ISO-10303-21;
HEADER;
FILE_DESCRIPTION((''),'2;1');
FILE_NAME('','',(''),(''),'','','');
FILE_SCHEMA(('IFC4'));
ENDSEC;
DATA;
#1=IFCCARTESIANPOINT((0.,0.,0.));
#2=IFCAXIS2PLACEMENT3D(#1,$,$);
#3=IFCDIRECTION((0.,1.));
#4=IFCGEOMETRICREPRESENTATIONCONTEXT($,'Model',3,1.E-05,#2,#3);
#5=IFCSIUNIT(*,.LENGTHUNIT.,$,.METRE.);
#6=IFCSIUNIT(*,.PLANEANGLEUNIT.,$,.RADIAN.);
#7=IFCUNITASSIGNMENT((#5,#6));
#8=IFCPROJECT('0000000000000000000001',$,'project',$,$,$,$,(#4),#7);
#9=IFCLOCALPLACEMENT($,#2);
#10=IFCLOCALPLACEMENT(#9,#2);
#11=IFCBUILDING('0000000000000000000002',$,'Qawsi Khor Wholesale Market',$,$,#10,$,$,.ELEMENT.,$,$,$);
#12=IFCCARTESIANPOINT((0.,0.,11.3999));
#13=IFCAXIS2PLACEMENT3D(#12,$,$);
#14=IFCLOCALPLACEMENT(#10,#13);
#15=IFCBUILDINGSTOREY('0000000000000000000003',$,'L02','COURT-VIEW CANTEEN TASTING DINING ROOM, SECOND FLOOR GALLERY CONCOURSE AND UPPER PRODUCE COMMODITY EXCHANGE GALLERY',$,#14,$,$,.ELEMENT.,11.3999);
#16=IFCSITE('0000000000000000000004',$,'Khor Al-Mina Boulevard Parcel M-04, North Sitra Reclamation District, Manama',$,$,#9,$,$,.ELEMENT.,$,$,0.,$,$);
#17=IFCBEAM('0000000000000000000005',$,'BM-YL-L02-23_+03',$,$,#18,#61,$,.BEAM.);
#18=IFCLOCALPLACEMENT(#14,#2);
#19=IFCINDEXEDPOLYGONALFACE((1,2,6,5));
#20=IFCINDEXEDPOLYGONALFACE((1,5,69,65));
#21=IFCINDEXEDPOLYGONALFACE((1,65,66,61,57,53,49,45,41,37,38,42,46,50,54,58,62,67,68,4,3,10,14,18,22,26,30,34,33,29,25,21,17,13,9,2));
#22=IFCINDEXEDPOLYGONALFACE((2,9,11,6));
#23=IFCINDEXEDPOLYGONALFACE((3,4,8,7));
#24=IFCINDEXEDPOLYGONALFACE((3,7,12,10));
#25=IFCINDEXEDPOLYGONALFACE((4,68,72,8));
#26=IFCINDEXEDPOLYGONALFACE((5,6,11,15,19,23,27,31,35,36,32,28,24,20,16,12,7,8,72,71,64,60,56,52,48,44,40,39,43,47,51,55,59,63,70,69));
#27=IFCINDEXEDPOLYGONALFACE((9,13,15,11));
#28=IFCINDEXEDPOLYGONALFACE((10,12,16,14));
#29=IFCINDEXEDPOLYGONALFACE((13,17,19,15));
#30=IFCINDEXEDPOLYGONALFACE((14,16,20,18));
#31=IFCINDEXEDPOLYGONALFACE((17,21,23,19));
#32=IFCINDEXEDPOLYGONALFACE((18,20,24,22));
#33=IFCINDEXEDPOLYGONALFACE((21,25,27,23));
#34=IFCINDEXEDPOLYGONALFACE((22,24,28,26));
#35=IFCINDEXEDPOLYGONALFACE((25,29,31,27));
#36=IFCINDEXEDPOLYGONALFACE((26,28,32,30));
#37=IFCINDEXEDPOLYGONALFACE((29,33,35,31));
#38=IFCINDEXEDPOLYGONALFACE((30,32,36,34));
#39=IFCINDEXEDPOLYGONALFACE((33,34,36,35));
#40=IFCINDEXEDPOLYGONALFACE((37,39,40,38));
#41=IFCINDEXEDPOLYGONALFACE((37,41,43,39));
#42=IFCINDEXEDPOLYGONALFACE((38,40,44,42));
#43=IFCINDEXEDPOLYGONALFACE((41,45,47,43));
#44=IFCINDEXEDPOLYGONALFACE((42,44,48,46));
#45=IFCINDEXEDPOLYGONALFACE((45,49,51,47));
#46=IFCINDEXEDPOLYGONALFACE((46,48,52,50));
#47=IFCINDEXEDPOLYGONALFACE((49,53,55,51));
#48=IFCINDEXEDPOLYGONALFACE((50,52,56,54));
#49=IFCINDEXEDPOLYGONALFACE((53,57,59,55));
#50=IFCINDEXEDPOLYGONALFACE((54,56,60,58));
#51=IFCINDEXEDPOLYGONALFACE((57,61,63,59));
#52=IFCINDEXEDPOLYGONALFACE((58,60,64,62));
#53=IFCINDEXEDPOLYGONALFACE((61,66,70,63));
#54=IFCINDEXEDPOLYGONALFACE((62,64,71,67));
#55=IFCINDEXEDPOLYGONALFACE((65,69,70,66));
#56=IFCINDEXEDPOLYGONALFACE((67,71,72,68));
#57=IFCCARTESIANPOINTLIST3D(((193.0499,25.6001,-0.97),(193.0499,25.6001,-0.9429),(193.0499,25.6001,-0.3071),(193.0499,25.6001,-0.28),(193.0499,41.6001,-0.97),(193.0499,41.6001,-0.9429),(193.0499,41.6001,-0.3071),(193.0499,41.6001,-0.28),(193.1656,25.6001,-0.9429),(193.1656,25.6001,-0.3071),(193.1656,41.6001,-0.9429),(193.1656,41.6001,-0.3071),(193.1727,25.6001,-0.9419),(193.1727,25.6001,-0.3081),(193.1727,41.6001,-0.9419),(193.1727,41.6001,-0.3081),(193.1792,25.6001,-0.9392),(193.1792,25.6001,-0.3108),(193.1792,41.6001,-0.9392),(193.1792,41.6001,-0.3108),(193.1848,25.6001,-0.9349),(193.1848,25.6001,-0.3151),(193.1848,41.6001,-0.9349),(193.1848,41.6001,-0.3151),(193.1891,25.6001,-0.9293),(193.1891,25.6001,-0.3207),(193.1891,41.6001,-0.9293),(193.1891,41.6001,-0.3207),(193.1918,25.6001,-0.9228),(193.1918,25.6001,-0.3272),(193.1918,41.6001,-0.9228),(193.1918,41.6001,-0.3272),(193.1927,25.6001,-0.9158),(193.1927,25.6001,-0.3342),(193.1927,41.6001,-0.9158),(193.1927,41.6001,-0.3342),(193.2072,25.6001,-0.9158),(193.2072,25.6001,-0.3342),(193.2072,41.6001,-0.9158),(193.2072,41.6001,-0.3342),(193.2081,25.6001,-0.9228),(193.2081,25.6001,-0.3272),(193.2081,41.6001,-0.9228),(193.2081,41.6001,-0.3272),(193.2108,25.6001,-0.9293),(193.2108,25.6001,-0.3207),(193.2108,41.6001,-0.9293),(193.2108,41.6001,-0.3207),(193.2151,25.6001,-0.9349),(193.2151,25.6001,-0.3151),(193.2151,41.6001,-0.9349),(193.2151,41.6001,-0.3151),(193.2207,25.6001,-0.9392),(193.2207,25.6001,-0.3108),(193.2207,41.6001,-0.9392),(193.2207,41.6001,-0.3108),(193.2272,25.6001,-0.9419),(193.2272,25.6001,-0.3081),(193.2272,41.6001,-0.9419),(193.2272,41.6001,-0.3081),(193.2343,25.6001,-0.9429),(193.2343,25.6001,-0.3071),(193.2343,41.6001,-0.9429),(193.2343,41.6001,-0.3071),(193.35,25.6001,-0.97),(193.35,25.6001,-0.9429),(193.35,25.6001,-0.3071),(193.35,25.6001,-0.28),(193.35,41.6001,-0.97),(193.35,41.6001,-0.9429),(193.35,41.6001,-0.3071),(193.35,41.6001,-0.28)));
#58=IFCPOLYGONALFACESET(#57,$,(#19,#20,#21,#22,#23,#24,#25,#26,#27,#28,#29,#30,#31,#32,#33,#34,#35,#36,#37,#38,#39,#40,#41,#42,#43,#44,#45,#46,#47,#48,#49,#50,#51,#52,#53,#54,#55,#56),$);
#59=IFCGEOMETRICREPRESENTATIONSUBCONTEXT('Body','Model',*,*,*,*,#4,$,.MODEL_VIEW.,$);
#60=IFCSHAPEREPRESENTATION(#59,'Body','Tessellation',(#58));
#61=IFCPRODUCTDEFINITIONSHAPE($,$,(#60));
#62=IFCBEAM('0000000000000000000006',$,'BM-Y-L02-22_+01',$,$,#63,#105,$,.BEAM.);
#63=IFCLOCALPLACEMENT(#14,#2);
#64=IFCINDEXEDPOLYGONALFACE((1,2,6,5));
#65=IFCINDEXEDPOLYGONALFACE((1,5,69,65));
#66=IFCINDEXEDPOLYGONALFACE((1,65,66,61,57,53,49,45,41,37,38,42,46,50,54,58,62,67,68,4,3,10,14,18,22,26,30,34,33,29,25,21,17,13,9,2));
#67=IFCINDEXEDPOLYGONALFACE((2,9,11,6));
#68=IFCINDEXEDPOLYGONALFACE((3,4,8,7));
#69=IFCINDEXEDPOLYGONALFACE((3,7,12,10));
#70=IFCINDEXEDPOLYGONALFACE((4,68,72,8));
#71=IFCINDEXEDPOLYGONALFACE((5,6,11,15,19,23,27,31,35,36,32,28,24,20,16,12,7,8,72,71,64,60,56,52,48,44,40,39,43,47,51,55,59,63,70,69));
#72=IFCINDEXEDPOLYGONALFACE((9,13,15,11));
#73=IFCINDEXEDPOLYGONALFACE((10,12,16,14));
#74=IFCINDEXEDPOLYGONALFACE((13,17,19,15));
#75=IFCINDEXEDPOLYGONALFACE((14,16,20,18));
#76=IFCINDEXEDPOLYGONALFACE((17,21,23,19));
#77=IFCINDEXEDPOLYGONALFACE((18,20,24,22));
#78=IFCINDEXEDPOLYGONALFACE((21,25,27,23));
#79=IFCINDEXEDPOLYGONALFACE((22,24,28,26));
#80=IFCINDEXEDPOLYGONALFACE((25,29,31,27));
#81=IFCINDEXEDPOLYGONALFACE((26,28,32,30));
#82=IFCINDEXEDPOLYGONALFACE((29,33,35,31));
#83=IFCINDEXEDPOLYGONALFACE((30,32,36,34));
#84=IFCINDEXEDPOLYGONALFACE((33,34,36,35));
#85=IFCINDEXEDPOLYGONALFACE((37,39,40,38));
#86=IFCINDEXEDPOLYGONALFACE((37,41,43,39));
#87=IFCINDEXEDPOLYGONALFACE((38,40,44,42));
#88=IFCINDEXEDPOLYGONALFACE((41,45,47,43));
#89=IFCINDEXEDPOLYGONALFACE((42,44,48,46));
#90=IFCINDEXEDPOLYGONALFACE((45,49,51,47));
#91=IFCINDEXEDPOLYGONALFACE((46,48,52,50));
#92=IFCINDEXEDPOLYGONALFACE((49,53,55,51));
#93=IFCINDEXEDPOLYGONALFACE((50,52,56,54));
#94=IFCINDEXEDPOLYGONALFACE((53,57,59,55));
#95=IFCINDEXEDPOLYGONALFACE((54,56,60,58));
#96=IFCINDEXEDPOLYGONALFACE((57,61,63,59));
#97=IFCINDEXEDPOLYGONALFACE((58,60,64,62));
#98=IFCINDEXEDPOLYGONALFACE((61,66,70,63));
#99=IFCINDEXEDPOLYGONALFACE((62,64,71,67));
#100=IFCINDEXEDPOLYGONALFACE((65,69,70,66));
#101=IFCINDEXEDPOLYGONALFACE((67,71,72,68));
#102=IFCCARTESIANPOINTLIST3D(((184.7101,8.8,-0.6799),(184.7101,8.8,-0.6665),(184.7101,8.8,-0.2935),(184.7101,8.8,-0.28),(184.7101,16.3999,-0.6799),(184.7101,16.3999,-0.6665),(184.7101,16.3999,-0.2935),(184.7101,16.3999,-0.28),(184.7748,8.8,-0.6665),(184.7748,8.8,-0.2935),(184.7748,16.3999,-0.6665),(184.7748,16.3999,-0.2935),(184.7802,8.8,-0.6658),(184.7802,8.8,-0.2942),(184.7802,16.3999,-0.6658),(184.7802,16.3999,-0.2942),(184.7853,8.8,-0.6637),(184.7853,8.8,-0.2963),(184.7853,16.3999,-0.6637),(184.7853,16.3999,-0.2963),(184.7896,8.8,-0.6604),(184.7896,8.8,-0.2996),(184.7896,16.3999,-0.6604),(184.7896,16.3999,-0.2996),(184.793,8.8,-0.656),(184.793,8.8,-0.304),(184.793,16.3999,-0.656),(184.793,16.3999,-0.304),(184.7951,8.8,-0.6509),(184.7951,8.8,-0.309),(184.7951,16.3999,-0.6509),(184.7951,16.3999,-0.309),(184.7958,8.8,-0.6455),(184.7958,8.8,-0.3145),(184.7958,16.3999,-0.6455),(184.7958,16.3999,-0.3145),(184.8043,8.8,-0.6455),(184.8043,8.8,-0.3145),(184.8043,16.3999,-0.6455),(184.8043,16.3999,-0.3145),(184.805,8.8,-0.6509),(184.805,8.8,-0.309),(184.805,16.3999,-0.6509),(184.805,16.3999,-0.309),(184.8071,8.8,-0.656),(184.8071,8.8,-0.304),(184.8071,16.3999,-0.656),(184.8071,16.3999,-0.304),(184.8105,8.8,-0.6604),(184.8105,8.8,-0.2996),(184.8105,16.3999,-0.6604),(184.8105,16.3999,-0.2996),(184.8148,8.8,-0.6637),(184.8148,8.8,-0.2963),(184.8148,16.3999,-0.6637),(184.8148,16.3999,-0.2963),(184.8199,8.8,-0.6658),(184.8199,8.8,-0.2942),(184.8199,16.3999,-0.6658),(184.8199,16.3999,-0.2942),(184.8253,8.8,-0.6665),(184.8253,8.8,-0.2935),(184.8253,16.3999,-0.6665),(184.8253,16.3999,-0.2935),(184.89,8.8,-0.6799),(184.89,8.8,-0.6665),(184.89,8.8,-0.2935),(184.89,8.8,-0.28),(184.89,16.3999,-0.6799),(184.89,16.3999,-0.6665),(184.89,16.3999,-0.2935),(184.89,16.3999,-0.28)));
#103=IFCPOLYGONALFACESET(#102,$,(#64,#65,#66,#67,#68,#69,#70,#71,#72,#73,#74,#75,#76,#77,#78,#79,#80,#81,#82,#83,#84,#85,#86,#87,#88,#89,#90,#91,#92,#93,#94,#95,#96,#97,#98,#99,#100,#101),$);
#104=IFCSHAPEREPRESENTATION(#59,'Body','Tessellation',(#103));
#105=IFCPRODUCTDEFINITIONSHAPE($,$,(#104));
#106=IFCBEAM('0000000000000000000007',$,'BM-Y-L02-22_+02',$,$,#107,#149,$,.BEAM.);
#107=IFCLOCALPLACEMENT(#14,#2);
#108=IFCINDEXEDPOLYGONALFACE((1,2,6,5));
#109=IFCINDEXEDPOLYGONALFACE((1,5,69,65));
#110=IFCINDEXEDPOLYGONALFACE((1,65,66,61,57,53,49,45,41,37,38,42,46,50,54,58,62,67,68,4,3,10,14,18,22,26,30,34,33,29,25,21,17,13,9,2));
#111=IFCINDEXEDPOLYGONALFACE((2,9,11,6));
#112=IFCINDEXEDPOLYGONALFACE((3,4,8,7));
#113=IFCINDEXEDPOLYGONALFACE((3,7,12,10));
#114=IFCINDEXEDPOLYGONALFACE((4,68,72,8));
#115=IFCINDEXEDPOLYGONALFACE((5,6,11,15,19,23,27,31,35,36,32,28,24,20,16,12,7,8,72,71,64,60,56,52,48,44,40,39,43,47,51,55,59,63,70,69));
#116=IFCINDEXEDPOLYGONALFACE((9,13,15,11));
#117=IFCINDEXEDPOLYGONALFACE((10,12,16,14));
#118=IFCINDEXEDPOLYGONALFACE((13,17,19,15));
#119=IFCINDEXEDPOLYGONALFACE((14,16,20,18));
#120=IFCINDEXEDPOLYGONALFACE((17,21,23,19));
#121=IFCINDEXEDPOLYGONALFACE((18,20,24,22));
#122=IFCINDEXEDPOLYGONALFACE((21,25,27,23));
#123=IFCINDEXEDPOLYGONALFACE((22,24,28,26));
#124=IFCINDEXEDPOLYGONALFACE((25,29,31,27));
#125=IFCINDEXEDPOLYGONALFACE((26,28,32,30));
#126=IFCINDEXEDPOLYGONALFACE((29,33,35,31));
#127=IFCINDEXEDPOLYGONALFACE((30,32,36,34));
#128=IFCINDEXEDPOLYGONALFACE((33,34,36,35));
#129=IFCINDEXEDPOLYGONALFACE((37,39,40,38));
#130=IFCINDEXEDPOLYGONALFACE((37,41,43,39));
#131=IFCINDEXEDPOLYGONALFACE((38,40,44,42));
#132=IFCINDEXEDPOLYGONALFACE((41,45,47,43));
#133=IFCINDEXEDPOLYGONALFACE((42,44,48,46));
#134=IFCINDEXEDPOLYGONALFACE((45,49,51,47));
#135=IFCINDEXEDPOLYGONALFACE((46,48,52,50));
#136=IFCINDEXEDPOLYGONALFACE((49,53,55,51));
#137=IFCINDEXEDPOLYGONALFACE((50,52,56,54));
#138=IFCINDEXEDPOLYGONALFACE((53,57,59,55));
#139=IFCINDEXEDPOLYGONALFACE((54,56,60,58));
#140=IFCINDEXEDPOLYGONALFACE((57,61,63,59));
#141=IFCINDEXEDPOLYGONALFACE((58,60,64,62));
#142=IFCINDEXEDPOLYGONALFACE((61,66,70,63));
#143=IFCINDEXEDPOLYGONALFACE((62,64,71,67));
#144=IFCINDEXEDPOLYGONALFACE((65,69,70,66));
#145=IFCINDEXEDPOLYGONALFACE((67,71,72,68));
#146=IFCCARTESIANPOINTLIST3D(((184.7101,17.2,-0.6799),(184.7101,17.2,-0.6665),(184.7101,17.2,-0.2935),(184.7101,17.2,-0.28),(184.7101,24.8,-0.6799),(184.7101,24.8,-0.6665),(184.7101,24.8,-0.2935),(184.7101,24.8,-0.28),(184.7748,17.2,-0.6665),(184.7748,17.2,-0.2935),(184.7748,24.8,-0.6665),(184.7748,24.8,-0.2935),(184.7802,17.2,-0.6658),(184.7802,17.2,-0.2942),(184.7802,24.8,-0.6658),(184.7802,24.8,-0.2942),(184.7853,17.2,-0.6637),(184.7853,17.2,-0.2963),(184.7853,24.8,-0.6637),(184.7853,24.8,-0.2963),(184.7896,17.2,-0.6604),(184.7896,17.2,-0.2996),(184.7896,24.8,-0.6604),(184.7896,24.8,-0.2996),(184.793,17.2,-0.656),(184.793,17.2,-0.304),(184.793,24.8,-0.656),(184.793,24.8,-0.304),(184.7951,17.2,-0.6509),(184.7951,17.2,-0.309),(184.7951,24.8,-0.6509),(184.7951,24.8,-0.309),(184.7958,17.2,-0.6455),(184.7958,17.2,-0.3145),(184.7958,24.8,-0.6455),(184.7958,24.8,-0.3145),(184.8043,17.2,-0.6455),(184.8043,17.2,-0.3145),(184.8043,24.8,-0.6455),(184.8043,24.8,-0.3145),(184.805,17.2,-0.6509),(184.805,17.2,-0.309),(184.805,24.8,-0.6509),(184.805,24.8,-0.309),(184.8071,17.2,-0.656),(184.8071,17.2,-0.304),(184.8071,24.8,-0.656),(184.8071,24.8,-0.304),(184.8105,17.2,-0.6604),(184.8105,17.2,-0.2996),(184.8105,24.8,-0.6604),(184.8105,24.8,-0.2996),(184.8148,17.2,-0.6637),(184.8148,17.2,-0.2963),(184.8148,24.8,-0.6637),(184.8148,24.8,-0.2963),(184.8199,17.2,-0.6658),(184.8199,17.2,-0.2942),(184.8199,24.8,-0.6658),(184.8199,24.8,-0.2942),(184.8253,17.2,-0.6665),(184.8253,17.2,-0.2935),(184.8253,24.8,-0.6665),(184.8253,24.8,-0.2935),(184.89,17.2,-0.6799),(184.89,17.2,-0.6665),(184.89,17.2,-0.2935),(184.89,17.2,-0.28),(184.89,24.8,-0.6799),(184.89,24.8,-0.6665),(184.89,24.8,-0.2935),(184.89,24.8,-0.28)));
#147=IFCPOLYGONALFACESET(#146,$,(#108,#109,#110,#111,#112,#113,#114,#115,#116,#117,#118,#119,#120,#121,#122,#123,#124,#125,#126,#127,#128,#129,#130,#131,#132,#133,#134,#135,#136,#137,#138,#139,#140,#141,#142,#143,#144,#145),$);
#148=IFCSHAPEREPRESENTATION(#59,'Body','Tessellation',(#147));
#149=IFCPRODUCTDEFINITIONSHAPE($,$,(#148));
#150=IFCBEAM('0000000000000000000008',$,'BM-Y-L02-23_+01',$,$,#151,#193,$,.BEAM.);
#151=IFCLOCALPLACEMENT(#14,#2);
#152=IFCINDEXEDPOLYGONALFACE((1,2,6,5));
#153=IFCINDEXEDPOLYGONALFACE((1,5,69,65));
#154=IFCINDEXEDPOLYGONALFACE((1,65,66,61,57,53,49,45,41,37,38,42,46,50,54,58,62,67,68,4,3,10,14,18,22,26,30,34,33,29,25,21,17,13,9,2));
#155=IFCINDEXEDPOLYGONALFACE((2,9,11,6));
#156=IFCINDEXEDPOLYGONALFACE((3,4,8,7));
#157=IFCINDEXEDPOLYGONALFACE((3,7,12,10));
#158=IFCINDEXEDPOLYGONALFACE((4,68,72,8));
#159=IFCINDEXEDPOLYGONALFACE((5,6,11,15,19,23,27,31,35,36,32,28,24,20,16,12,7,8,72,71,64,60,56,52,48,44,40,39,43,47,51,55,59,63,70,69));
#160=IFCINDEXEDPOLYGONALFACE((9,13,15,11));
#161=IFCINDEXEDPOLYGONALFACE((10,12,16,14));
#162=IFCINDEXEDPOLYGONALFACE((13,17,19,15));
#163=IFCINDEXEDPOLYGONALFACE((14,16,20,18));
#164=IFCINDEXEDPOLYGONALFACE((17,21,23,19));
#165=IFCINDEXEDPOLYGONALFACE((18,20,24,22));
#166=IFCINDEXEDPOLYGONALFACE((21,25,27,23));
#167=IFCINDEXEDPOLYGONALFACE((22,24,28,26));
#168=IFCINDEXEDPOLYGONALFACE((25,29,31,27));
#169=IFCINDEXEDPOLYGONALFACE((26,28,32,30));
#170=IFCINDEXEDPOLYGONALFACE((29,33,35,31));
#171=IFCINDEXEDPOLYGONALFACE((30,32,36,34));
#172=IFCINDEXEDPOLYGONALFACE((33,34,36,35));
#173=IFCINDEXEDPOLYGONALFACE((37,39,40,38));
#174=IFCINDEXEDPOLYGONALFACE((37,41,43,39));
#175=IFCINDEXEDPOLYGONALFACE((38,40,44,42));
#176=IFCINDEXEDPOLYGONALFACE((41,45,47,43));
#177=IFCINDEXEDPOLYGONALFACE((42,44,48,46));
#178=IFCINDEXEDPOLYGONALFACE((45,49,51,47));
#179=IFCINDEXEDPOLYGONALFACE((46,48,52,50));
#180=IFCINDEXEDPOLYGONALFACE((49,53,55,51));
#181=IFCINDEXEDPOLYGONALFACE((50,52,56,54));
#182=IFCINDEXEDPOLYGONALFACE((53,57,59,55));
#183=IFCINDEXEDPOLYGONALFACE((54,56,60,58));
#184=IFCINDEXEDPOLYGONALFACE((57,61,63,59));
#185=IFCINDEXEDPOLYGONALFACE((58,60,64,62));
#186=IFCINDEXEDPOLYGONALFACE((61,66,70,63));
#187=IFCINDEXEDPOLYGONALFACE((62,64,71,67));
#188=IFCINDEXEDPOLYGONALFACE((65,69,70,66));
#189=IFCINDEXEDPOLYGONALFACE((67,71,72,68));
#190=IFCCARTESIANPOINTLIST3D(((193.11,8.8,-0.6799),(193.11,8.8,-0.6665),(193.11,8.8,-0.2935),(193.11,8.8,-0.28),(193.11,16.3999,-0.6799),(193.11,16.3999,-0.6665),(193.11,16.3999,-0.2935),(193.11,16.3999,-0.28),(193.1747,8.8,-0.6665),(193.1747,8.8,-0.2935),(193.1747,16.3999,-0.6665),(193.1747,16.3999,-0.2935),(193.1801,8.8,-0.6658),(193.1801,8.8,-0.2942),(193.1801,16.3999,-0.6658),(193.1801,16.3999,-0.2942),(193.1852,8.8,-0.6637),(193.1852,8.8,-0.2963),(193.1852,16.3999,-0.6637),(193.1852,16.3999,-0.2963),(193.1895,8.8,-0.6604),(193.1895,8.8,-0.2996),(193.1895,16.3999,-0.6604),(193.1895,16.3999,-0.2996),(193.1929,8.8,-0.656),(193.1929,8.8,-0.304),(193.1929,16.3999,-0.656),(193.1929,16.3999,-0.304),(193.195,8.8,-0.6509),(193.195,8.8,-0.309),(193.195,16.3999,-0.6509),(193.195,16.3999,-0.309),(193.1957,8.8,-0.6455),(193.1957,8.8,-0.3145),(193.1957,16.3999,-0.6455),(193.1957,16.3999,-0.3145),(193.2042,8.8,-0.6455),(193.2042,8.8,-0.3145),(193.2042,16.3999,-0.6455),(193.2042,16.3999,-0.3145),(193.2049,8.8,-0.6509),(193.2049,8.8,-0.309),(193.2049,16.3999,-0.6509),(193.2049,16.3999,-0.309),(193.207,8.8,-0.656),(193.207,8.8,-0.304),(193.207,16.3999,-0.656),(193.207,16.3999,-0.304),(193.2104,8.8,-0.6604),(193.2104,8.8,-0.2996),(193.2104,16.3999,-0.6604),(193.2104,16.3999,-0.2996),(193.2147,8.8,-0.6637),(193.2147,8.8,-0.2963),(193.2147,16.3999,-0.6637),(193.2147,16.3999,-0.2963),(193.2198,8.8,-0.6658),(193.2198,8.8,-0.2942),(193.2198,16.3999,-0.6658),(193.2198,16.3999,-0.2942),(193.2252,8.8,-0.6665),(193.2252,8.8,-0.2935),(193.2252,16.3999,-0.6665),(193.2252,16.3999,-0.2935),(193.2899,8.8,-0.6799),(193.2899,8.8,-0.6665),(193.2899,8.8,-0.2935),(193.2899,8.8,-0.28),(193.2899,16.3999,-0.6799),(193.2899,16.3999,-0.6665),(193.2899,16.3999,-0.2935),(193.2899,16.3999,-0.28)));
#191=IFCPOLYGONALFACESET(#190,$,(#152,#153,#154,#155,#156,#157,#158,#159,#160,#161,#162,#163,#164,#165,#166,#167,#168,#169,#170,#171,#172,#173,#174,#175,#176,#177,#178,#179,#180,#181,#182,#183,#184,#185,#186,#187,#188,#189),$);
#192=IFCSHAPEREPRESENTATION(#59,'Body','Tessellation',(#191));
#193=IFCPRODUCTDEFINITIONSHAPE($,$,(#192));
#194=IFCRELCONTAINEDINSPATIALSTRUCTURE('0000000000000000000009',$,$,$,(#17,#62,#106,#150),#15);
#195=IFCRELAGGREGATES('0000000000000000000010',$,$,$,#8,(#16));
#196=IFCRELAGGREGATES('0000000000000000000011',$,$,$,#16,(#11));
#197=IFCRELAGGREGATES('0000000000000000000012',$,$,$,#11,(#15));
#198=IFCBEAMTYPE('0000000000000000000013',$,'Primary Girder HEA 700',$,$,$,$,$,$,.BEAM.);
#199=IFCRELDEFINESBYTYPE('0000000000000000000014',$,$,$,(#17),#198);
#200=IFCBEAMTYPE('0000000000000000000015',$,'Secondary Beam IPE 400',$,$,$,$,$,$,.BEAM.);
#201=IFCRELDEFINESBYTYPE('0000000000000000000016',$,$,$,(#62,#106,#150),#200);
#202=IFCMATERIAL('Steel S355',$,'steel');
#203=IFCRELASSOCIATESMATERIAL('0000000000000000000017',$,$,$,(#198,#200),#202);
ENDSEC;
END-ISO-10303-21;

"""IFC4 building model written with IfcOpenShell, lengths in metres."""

from ifc_helpers import new_model, si_unit, direction, frame, origin, origin_2d, place, context, subcontext, project, spatial, i_section, extrude, material, material_profile, profile_set, type_object, element, save


model = new_model("IFC4")

# Units and contexts
model_context = context("Model", 3, precision=1e-05, world=origin(), true_north=direction((0.0, 1.0)))
body_context = subcontext(model_context, "Body", "Model", "MODEL_VIEW")
ifc_project = project(units=[si_unit("LENGTHUNIT", "METRE"), si_unit("PLANEANGLEUNIT", "RADIAN")], contexts=[model_context])

# Site, building, storey
site_placement = place(None, origin())
site = spatial("IfcSite", under=ifc_project, at=site_placement, Name="Khor Al-Mina Boulevard Parcel M-04, North Sitra Reclamation District, Manama", CompositionType="ELEMENT", RefElevation=0.0)
building_placement = place(site_placement, origin())
building = spatial("IfcBuilding", under=site, at=building_placement, Name="Qawsi Khor Wholesale Market", CompositionType="ELEMENT")
storey_placement = place(building_placement, frame((0.0, 0.0, 11.3999)))
storey = spatial("IfcBuildingStorey", under=building, at=storey_placement, Name="L02", Description="COURT-VIEW CANTEEN TASTING DINING ROOM, SECOND FLOOR GALLERY CONCOURSE AND UPPER PRODUCE COMMODITY EXCHANGE GALLERY", CompositionType="ELEMENT", Elevation=11.3999)

# Beams
ifc_material_1 = material(Name="Steel S355", Category="steel")
ifc_material_profile_1 = material_profile(ifc_material_1, i_section(OverallWidth=0.3, OverallDepth=0.6899, WebThickness=0.0144, FlangeThickness=0.0271, FilletRadius=0.0271, at=origin_2d()), Name="HEA 700")
ifc_profile_set_1 = profile_set([ifc_material_profile_1], Name="Steel S355")
beam_type_1 = type_object("IfcBeamType", Name="Primary Girder HEA 700", PredefinedType="BEAM", material=ifc_profile_set_1)
for number, where, z_axis, x_axis, name in (
    (1, (193.2, 25.6001, -0.625), (0.0, 1.0, 0.0), (-1.0, 0.0, 0.0), "BM-YL-L02-23_+03"),
):
    element("IfcBeam", number, at=place(storey_placement, frame(where, z_axis=z_axis, x_axis=x_axis)), inside=storey, type_object=beam_type_1, Name=name, PredefinedType="BEAM", context=body_context, shape_type="SweptSolid", body=[
        extrude(i_section(OverallWidth=0.3, OverallDepth=0.6899, WebThickness=0.0144, FlangeThickness=0.0271, FilletRadius=0.0271, at=origin_2d()), origin(), (0.0, 0.0, 1.0), 16.0),
    ])
ifc_material_profile_2 = material_profile(ifc_material_1, i_section(OverallWidth=0.1799, OverallDepth=0.3999, WebThickness=0.0085, FlangeThickness=0.0134, FilletRadius=0.021, at=origin_2d()), Name="IPE 400")
ifc_profile_set_2 = profile_set([ifc_material_profile_2], Name="Steel S355")
beam_type_2 = type_object("IfcBeamType", Name="Secondary Beam IPE 400", PredefinedType="BEAM", material=ifc_profile_set_2)
beam_1_placement = place(storey_placement, frame((184.8, 8.8, -0.48), z_axis=(0.0, 1.0, 0.0), x_axis=(-1.0, 0.0, 0.0)))
element("IfcBeam", 2, at=beam_1_placement, inside=storey, type_object=beam_type_2, Name="BM-Y-L02-22_+01", PredefinedType="BEAM", context=body_context, shape_type="SweptSolid", body=[
    extrude(i_section(OverallWidth=0.1799, OverallDepth=0.3999, WebThickness=0.0085, FlangeThickness=0.0134, FilletRadius=0.021, at=origin_2d()), origin(), (0.0, 0.0, 1.0), 7.5999),
])
beam_2_placement = place(storey_placement, frame((184.8, 17.2, -0.48), z_axis=(0.0, 1.0, 0.0), x_axis=(-1.0, 0.0, 0.0)))
element("IfcBeam", 3, at=beam_2_placement, inside=storey, type_object=beam_type_2, Name="BM-Y-L02-22_+02", PredefinedType="BEAM", context=body_context, shape_type="SweptSolid", body=[
    extrude(i_section(OverallWidth=0.1799, OverallDepth=0.3999, WebThickness=0.0085, FlangeThickness=0.0134, FilletRadius=0.021, at=origin_2d()), origin(), (0.0, 0.0, 1.0), 7.6001),
])
beam_3_placement = place(storey_placement, frame((193.2, 8.8, -0.48), z_axis=(0.0, 1.0, 0.0), x_axis=(-1.0, 0.0, 0.0)))
element("IfcBeam", 4, at=beam_3_placement, inside=storey, type_object=beam_type_2, Name="BM-Y-L02-23_+01", PredefinedType="BEAM", context=body_context, shape_type="SweptSolid", body=[
    extrude(i_section(OverallWidth=0.1799, OverallDepth=0.3999, WebThickness=0.0085, FlangeThickness=0.0134, FilletRadius=0.021, at=origin_2d()), origin(), (0.0, 0.0, 1.0), 7.5999),
])

save(model, "model.ifc")
